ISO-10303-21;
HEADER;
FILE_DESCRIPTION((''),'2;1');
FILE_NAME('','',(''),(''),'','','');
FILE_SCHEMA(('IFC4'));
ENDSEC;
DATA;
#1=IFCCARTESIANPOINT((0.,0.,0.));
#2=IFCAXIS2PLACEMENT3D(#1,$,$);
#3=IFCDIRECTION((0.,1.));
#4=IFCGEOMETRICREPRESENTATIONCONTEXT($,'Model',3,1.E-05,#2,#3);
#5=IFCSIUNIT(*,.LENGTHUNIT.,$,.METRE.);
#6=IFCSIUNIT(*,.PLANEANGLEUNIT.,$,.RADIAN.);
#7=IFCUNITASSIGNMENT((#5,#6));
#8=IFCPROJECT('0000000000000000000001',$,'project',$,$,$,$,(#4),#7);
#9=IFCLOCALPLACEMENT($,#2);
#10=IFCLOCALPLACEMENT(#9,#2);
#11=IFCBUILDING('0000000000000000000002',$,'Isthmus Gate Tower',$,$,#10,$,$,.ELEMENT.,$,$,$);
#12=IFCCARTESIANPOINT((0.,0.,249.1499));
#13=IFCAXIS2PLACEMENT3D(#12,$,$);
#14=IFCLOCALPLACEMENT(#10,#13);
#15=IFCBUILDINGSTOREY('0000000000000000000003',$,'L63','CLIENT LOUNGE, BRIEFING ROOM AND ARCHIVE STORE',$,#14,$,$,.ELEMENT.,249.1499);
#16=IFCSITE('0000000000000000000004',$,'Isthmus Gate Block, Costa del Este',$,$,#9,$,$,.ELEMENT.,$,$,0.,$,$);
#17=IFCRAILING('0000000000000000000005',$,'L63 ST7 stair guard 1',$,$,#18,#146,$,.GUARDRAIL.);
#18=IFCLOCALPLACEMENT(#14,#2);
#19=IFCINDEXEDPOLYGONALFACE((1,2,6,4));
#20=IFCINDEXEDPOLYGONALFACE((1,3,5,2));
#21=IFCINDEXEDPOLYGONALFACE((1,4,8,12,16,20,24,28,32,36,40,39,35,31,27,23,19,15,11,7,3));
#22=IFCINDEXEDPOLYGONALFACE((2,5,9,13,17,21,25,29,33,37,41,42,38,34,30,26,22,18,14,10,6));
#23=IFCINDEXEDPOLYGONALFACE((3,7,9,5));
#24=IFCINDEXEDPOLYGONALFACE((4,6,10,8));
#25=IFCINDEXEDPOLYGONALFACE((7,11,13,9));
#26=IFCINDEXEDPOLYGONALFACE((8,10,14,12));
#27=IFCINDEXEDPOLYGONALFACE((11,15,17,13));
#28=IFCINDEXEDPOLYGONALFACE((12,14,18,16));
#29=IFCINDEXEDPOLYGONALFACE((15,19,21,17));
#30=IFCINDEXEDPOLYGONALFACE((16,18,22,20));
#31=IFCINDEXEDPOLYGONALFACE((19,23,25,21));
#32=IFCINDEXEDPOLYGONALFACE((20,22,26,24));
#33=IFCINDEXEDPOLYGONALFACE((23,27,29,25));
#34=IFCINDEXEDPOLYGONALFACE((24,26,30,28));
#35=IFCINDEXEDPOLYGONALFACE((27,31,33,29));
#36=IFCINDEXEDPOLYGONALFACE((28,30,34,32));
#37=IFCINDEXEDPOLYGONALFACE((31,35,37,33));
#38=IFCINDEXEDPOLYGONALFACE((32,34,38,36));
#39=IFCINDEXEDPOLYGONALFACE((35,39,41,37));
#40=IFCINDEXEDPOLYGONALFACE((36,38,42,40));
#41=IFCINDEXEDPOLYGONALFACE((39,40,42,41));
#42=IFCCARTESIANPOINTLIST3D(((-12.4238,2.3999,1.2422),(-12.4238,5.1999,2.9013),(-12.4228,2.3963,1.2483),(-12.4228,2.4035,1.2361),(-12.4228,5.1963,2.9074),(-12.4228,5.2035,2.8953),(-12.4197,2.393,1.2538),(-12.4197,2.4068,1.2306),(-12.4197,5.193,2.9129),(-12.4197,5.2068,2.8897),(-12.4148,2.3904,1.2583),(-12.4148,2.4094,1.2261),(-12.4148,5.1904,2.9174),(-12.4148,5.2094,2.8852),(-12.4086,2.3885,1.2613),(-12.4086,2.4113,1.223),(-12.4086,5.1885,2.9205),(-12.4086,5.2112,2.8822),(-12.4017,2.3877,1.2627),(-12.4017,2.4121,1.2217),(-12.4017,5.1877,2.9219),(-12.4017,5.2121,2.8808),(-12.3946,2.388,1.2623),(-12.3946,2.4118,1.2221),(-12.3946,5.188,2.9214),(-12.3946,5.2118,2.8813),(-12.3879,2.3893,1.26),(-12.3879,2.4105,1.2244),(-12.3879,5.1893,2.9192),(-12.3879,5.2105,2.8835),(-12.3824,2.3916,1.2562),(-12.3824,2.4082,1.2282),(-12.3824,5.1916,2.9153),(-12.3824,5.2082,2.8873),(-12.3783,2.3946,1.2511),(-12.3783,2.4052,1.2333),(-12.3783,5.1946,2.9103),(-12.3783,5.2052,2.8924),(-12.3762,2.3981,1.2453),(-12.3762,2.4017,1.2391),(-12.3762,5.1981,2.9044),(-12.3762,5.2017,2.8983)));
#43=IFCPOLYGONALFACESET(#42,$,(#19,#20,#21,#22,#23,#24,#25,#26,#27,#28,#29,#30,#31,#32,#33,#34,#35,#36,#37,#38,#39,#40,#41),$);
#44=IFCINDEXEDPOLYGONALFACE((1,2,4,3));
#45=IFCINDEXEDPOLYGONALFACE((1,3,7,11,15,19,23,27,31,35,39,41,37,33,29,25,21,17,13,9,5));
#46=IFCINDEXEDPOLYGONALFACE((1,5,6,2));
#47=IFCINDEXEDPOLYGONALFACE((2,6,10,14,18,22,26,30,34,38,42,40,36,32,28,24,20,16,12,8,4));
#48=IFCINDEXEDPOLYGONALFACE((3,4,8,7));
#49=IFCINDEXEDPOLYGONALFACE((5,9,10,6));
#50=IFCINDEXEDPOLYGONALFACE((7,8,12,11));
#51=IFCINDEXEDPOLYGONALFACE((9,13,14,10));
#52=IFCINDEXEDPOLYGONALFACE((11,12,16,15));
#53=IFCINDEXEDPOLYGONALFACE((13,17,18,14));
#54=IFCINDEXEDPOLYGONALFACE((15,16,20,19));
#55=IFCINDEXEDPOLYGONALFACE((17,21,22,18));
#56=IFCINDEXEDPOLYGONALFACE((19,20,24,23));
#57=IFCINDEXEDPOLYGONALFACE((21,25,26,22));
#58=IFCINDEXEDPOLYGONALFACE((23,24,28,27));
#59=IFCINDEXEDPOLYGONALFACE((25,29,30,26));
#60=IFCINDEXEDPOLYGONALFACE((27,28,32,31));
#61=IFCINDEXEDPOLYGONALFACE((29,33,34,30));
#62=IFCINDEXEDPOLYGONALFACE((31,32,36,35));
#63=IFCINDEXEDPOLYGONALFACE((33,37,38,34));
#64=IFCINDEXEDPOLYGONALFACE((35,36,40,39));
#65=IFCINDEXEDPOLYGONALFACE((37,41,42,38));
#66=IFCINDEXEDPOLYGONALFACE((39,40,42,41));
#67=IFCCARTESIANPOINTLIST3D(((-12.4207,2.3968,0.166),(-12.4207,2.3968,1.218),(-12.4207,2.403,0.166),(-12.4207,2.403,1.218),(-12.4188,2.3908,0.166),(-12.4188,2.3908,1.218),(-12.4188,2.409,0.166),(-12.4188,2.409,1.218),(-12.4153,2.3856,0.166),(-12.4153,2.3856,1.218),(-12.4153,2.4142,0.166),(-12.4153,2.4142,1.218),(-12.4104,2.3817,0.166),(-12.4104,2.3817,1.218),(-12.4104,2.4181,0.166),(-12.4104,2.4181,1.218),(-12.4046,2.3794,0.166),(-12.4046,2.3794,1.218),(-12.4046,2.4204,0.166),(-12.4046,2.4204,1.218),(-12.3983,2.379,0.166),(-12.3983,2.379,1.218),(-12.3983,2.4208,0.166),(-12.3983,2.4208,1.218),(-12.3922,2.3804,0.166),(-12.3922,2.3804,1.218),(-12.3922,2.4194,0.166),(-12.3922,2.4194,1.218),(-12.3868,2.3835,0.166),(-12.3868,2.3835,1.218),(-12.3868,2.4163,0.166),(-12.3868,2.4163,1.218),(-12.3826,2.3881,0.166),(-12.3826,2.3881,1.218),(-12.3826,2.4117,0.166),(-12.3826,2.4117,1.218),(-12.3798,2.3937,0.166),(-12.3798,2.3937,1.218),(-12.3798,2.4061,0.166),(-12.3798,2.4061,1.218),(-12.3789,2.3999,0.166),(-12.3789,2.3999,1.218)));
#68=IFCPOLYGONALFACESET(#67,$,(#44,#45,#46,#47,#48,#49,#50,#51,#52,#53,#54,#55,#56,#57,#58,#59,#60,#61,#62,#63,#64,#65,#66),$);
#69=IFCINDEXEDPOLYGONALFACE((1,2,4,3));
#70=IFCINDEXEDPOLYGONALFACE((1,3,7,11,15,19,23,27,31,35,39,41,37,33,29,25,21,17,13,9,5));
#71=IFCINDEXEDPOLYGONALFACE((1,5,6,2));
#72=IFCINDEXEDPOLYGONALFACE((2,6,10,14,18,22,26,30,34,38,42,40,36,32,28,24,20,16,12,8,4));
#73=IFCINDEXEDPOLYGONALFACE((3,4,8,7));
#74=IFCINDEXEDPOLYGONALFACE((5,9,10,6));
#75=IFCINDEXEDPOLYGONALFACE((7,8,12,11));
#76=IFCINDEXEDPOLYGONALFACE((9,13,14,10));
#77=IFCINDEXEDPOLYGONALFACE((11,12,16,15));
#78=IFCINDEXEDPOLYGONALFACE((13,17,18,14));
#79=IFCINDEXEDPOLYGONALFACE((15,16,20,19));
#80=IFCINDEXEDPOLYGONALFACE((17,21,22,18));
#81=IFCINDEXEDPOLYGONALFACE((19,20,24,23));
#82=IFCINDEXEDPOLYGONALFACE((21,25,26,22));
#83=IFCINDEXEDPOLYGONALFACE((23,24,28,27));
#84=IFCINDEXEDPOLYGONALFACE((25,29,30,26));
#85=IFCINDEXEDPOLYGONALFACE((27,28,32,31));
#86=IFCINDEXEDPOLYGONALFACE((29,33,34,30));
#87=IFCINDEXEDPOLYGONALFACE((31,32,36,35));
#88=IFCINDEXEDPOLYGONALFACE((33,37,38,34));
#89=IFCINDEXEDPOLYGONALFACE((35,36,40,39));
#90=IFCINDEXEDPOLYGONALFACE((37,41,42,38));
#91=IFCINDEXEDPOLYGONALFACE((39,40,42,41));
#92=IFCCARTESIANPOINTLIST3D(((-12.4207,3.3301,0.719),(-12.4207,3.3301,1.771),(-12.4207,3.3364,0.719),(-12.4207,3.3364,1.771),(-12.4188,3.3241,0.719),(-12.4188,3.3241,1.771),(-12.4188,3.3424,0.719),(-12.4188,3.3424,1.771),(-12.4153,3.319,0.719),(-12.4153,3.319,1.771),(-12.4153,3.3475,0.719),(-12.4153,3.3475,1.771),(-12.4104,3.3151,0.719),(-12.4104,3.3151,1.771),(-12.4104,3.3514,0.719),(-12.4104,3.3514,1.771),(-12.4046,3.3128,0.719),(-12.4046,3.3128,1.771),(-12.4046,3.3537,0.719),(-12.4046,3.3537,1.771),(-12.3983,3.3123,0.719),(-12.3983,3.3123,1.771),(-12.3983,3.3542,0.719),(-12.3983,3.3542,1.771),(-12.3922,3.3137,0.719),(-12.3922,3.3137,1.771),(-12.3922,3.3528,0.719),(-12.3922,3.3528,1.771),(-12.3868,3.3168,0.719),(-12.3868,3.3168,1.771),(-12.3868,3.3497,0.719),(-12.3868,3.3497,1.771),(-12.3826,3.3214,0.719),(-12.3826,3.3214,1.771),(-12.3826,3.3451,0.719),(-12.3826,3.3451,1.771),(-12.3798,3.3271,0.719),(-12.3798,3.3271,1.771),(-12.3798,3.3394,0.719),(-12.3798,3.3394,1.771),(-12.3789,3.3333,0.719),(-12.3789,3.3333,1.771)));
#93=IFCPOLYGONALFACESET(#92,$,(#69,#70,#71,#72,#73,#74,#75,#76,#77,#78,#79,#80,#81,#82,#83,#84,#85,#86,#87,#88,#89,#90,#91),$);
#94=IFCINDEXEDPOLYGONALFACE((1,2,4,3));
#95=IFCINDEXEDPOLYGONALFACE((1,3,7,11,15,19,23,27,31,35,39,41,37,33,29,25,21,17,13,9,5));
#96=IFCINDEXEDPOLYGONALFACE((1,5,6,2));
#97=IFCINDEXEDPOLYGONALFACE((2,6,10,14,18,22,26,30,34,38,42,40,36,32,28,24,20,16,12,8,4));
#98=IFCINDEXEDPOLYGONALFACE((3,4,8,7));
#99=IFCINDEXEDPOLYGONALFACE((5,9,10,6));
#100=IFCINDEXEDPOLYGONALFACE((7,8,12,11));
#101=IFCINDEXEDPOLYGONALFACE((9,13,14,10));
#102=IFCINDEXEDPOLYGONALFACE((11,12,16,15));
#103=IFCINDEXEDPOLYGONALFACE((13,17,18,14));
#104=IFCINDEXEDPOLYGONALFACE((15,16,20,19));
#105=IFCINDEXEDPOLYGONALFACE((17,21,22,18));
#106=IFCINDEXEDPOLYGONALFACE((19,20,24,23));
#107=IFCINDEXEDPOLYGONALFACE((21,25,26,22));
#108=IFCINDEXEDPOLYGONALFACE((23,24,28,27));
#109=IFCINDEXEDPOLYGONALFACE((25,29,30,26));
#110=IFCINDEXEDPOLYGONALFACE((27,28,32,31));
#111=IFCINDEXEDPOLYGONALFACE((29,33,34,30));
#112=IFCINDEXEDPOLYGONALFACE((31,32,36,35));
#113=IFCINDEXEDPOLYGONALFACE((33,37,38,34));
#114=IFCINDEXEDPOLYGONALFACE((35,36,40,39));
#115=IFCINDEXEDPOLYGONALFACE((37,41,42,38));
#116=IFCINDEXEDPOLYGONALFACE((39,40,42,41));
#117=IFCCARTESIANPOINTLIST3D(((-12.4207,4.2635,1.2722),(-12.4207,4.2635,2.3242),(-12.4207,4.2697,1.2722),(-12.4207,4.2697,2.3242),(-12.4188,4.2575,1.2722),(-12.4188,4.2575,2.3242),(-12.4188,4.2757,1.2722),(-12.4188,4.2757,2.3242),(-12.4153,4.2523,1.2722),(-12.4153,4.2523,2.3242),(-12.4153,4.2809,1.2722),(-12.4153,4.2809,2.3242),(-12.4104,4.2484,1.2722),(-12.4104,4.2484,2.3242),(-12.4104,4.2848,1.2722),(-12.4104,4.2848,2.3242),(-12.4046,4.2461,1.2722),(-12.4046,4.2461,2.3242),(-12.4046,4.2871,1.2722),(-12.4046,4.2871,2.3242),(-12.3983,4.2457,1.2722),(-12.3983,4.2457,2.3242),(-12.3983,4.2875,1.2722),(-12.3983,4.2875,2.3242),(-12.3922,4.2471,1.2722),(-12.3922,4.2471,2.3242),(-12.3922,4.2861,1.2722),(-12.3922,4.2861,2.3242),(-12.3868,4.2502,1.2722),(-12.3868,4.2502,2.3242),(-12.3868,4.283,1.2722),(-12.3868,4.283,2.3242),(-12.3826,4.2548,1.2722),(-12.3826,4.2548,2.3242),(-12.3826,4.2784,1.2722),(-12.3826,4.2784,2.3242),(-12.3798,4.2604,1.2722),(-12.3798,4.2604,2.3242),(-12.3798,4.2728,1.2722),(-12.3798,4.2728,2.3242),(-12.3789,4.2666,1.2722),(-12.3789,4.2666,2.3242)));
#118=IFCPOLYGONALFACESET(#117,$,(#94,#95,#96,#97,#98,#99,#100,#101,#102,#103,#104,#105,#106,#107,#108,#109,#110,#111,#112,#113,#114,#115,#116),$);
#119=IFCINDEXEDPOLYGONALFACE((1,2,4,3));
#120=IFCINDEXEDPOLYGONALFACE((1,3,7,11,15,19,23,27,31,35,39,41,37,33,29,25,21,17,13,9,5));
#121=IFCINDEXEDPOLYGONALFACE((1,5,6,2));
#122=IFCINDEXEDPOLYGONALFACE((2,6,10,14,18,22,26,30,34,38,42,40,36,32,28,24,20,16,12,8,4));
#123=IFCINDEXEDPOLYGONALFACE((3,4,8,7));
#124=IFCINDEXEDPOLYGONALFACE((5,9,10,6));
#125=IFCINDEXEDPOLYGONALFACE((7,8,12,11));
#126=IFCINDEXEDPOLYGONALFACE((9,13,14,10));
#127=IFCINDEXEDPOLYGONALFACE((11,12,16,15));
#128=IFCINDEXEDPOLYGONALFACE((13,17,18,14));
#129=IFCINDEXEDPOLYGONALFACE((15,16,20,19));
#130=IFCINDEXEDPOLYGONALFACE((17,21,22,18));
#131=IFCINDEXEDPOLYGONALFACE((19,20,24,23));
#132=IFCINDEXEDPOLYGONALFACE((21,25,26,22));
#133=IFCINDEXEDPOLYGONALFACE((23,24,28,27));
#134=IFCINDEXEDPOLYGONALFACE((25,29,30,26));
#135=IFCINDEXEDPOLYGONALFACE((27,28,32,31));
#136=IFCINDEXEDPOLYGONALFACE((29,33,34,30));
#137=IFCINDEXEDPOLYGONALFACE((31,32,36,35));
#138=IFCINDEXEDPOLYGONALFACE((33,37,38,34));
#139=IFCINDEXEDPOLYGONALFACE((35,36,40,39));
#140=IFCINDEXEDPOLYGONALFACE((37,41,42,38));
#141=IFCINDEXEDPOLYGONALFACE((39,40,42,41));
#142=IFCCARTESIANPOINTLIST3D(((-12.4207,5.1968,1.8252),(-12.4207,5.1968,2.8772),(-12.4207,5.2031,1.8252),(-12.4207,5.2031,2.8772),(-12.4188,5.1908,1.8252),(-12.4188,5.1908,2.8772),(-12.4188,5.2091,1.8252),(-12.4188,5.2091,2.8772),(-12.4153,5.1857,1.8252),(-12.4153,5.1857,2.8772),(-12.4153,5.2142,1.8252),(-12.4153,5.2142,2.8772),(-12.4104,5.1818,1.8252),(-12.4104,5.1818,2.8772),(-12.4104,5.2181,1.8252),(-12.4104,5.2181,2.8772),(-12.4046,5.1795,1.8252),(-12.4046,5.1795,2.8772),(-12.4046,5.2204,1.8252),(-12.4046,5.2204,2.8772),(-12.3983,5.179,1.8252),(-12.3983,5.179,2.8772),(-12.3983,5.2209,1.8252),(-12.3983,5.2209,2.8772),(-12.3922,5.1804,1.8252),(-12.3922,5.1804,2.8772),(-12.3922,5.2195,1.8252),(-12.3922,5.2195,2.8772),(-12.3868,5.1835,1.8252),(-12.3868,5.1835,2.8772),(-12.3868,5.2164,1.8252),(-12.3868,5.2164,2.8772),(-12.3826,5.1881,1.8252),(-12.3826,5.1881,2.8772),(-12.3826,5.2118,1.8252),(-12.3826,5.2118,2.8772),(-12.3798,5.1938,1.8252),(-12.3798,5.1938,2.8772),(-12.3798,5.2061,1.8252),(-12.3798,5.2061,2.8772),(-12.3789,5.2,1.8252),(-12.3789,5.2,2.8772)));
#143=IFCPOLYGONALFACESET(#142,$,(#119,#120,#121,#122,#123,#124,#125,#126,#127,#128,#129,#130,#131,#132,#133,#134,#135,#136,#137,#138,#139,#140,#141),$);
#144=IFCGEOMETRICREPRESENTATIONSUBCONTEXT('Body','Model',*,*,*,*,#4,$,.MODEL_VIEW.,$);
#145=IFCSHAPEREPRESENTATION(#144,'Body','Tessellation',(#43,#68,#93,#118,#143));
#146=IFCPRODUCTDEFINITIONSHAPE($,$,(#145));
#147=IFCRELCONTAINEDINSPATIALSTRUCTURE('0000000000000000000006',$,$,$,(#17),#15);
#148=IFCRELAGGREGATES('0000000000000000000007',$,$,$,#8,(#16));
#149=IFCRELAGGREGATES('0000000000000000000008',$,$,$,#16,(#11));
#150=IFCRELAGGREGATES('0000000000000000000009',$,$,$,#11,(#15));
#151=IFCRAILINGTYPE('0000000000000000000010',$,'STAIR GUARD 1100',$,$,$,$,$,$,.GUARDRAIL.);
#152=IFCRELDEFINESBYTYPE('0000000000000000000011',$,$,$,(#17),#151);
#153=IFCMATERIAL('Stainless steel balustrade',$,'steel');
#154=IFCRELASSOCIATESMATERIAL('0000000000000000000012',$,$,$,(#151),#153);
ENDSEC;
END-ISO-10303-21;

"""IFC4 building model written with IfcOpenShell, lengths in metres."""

from ifc_helpers import new_model, si_unit, direction, frame, origin, origin_2d, place, context, subcontext, project, spatial, circle, extrude, material, type_object, element, save


model = new_model("IFC4")

# Units and contexts
model_context = context("Model", 3, precision=1e-05, world=origin(), true_north=direction((0.0, 1.0)))
body_context = subcontext(model_context, "Body", "Model", "MODEL_VIEW")
ifc_project = project(units=[si_unit("LENGTHUNIT", "METRE"), si_unit("PLANEANGLEUNIT", "RADIAN")], contexts=[model_context])

# Site, building, storey
site_placement = place(None, origin())
site = spatial("IfcSite", under=ifc_project, at=site_placement, Name="Isthmus Gate Block, Costa del Este", CompositionType="ELEMENT", RefElevation=0.0)
building_placement = place(site_placement, origin())
building = spatial("IfcBuilding", under=site, at=building_placement, Name="Isthmus Gate Tower", CompositionType="ELEMENT")
storey_placement = place(building_placement, frame((0.0, 0.0, 249.1499)))
storey = spatial("IfcBuildingStorey", under=building, at=storey_placement, Name="L63", Description="CLIENT LOUNGE, BRIEFING ROOM AND ARCHIVE STORE", CompositionType="ELEMENT", Elevation=249.1499)

# Railing
ifc_material_1 = material(Name="Stainless steel balustrade", Category="steel")
railing_type_1 = type_object("IfcRailingType", Name="STAIR GUARD 1100", PredefinedType="GUARDRAIL", material=ifc_material_1)
railing_1_placement = place(storey_placement, frame((-12.3999, 2.3999, 0.166)))
element("IfcRailing", 1, at=railing_1_placement, inside=storey, type_object=railing_type_1, Name="L63 ST7 stair guard 1", PredefinedType="GUARDRAIL", context=body_context, shape_type="SweptSolid", body=[
    extrude(circle(Radius=0.0239, at=origin_2d()), frame((0.0, 0.0, 1.0762), z_axis=(0.0, 0.860306, 0.509778), x_axis=(-1.0, 0.0, 0.0)), (0.0, 0.0, 1.0), 3.2546),
    extrude(circle(Radius=0.021, at=origin_2d()), origin(), (0.0, 0.0, 1.0), 1.052),
    extrude(circle(Radius=0.021, at=origin_2d()), frame((0.0, 0.9333, 0.553)), (0.0, 0.0, 1.0), 1.052),
    extrude(circle(Radius=0.021, at=origin_2d()), frame((0.0, 1.8667, 1.1062)), (0.0, 0.0, 1.0), 1.052),
    extrude(circle(Radius=0.021, at=origin_2d()), frame((0.0, 2.8, 1.6592)), (0.0, 0.0, 1.0), 1.052),
])

save(model, "model.ifc")
